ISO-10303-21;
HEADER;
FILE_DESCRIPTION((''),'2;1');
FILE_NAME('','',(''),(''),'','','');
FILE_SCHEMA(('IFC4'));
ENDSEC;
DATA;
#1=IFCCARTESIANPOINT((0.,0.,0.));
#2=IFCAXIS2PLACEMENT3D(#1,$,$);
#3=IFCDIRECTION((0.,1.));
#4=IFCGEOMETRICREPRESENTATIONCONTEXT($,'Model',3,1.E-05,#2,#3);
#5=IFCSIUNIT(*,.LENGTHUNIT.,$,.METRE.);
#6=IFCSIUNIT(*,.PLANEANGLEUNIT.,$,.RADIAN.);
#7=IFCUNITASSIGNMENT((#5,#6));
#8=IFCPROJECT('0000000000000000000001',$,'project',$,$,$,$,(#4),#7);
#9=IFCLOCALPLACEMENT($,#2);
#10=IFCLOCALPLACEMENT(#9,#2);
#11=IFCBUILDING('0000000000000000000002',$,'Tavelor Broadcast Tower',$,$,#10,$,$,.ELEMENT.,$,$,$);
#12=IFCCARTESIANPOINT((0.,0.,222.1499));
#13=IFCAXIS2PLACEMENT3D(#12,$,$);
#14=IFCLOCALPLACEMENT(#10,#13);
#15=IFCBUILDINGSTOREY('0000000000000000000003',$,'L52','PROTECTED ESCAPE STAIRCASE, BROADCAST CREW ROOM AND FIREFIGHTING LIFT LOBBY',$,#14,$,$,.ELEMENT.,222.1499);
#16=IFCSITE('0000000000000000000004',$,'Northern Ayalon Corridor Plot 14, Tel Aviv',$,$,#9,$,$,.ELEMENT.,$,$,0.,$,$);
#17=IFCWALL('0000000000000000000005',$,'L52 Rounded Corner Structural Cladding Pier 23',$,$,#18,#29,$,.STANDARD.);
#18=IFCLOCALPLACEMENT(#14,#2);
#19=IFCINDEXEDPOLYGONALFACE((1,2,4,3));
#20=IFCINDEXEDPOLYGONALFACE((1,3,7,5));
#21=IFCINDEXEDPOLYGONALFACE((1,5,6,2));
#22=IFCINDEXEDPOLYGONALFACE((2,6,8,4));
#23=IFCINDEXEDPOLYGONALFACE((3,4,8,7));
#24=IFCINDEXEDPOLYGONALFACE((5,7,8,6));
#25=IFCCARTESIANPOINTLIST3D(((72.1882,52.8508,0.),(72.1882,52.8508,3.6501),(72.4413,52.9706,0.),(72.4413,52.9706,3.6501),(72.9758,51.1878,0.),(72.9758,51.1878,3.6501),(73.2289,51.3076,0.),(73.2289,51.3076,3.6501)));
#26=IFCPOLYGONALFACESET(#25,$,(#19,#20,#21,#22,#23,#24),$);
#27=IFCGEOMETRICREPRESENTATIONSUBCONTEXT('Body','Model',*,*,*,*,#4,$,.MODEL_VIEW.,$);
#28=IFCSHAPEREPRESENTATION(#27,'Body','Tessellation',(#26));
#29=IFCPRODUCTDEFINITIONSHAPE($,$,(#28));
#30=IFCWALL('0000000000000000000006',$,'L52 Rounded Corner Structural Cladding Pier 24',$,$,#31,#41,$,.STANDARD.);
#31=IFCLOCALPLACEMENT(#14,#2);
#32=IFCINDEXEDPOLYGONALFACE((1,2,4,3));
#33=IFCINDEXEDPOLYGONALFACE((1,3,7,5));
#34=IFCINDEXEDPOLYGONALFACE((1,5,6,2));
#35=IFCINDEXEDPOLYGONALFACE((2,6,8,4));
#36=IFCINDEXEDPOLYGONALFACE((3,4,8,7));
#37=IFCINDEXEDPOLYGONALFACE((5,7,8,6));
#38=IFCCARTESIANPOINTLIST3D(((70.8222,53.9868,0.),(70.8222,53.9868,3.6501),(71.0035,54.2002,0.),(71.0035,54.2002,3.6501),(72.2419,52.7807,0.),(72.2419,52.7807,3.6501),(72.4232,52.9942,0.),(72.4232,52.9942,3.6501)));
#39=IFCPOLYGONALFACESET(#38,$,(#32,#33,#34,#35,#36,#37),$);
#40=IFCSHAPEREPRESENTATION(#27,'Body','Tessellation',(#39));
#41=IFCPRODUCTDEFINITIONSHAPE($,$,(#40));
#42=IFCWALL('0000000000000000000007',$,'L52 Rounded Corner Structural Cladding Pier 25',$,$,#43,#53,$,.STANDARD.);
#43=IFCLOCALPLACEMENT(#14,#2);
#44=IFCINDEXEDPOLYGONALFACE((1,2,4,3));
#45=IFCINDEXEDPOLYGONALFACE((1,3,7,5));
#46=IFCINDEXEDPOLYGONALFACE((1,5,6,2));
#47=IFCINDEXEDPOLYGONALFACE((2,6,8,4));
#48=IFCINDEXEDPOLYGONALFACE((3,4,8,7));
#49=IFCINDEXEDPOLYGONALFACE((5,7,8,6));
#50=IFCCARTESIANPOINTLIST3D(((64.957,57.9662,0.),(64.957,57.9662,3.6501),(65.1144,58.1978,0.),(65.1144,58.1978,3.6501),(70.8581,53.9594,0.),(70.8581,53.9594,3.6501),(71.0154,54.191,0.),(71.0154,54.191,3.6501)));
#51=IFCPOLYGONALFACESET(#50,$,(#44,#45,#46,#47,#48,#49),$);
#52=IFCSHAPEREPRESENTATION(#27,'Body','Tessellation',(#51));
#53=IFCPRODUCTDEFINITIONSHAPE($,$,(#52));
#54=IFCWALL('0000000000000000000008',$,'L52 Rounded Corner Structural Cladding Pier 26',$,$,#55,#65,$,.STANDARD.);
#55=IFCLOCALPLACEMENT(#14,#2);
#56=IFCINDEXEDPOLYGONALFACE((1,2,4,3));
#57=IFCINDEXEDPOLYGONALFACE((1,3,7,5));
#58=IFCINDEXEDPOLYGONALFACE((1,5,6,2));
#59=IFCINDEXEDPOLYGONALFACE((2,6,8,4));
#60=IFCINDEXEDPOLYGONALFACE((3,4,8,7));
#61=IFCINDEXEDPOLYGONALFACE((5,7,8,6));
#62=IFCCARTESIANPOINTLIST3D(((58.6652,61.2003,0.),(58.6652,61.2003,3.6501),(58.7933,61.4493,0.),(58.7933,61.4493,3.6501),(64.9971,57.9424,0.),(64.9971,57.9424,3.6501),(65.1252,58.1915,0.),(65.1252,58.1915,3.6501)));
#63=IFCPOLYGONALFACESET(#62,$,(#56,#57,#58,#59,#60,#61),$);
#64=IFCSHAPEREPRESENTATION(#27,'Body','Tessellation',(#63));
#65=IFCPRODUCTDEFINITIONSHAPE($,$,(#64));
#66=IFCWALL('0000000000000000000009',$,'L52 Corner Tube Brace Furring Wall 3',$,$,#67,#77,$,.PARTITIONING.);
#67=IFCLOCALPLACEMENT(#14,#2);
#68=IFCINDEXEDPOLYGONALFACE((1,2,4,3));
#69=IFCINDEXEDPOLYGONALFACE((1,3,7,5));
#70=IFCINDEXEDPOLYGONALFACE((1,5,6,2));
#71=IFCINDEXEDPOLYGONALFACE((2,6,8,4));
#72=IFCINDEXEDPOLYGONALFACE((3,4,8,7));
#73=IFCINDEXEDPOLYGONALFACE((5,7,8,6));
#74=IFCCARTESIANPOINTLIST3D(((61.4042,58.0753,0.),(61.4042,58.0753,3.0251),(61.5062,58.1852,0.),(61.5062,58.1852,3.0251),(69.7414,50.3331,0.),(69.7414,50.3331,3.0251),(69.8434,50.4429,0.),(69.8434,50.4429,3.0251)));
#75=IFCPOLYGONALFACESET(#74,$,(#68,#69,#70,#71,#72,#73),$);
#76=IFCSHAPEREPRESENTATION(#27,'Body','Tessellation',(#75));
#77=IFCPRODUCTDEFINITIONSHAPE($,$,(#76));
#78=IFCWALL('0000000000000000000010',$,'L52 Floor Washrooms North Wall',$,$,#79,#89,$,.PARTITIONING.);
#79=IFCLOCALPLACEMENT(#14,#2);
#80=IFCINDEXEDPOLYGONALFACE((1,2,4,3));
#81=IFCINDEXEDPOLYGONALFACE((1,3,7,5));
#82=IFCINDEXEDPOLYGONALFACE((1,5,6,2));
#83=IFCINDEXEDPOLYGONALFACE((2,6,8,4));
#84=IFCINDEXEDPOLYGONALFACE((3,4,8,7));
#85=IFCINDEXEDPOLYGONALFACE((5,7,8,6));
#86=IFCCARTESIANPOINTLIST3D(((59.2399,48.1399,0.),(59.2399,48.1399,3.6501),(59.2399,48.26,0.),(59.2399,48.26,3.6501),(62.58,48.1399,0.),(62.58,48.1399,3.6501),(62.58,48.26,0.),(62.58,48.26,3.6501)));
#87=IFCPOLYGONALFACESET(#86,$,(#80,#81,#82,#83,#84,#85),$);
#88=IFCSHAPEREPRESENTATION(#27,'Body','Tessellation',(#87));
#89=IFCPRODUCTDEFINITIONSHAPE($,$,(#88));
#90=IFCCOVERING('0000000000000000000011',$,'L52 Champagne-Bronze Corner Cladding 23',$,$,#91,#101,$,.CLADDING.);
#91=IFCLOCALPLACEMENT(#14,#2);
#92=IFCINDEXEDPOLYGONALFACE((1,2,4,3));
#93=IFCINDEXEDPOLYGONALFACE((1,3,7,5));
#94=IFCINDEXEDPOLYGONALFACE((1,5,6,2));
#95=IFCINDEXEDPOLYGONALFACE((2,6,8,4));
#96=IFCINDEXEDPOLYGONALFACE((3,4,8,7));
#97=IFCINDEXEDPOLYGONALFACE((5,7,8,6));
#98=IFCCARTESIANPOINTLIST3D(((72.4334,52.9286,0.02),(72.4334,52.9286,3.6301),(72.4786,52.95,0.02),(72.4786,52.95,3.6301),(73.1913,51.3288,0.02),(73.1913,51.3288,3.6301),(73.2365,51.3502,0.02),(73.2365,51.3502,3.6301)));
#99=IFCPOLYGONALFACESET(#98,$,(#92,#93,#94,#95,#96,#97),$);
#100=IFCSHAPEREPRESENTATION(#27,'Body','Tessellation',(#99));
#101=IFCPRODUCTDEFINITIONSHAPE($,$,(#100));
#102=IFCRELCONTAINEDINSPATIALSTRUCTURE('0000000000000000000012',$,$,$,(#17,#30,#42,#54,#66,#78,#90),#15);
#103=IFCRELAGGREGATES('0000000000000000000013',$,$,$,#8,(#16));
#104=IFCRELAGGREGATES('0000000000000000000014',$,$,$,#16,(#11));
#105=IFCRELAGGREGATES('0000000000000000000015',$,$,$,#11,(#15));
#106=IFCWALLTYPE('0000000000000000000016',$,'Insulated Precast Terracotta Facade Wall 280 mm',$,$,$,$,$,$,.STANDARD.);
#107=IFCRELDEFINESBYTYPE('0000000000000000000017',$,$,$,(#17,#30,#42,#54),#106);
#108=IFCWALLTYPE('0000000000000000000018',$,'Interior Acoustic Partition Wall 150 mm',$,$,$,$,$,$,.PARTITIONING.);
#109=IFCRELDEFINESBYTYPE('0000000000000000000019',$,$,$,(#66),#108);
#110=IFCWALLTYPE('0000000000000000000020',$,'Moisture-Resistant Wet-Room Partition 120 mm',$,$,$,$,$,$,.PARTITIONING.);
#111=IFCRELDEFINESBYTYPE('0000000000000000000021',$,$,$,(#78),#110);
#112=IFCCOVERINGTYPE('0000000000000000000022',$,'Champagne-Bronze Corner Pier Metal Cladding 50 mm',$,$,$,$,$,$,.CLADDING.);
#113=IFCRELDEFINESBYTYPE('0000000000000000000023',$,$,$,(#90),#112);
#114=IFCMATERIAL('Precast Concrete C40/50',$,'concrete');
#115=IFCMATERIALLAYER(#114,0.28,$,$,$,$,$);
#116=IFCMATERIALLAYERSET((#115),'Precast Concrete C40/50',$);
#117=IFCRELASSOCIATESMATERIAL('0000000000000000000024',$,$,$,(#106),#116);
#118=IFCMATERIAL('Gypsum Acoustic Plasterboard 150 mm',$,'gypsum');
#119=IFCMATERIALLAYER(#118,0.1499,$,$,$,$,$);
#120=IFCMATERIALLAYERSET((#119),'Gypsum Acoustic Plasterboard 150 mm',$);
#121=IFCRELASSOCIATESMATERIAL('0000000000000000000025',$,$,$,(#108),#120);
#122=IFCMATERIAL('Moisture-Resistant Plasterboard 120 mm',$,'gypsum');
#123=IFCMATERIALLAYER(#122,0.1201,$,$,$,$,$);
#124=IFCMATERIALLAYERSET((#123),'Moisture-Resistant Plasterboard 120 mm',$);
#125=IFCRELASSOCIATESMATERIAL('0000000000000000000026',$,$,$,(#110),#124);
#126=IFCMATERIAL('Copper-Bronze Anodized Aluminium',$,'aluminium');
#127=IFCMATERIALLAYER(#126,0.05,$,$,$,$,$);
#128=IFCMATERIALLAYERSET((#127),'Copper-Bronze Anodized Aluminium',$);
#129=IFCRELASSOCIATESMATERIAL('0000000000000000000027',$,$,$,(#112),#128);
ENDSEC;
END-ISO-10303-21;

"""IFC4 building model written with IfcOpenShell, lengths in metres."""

from ifc_helpers import new_model, si_unit, direction, frame, frame_2d, origin, origin_2d, place, context, subcontext, project, spatial, rectangle, extrude, material, layer, layer_set, type_object, element, save


model = new_model("IFC4")

# Units and contexts
model_context = context("Model", 3, precision=1e-05, world=origin(), true_north=direction((0.0, 1.0)))
body_context = subcontext(model_context, "Body", "Model", "MODEL_VIEW")
ifc_project = project(units=[si_unit("LENGTHUNIT", "METRE"), si_unit("PLANEANGLEUNIT", "RADIAN")], contexts=[model_context])

# Site, building, storey
site_placement = place(None, origin())
site = spatial("IfcSite", under=ifc_project, at=site_placement, Name="Northern Ayalon Corridor Plot 14, Tel Aviv", CompositionType="ELEMENT", RefElevation=0.0)
building_placement = place(site_placement, origin())
building = spatial("IfcBuilding", under=site, at=building_placement, Name="Tavelor Broadcast Tower", CompositionType="ELEMENT")
storey_placement = place(building_placement, frame((0.0, 0.0, 222.1499)))
storey = spatial("IfcBuildingStorey", under=building, at=storey_placement, Name="L52", Description="PROTECTED ESCAPE STAIRCASE, BROADCAST CREW ROOM AND FIREFIGHTING LIFT LOBBY", CompositionType="ELEMENT", Elevation=222.1499)

# Walls
ifc_material_1 = material(Name="Precast Concrete C40/50", Category="concrete")
ifc_layer_1 = layer(ifc_material_1, 0.28)
ifc_layer_set_1 = layer_set([ifc_layer_1], Name="Precast Concrete C40/50")
wall_type_1 = type_object("IfcWallType", Name="Insulated Precast Terracotta Facade Wall 280 mm", PredefinedType="STANDARD", material=ifc_layer_set_1)
for number, where, z_axis, x_axis, name in (
    (1, (73.1023, 51.2478, 0.0), (0.0, 0.0, 1.0), (-0.428006, 0.903776, 0.0), "L52 Rounded Corner Structural Cladding Pier 23"),
):
    element("IfcWall", number, at=place(storey_placement, frame(where, z_axis=z_axis, x_axis=x_axis)), inside=storey, type_object=wall_type_1, Name=name, PredefinedType="STANDARD", context=body_context, shape_type="SweptSolid", body=[
        extrude(rectangle(XDim=1.8401, YDim=0.28, at=frame_2d((0.9199, 0.0))), origin(), (0.0, 0.0, 1.0), 3.6501),
    ])
wall_1_placement = place(storey_placement, frame((72.3325, 52.8875, 0.0), z_axis=(0.0, 0.0, 1.0), x_axis=(-0.762117, 0.647439, 0.0)))
element("IfcWall", 2, at=wall_1_placement, inside=storey, type_object=wall_type_1, Name="L52 Rounded Corner Structural Cladding Pier 24", PredefinedType="STANDARD", context=body_context, shape_type="SweptSolid", body=[
    extrude(rectangle(XDim=1.8628, YDim=0.28, at=frame_2d((0.9314, 0.0))), origin(), (0.0, 0.0, 1.0), 3.6501),
])
wall_2_placement = place(storey_placement, frame((70.9368, 54.0752, 0.0), z_axis=(0.0, 0.0, 1.0), x_axis=(-0.827313, 0.561742, 0.0)))
element("IfcWall", 3, at=wall_2_placement, inside=storey, type_object=wall_type_1, Name="L52 Rounded Corner Structural Cladding Pier 25", PredefinedType="STANDARD", context=body_context, shape_type="SweptSolid", body=[
    extrude(rectangle(XDim=7.1328, YDim=0.28, at=frame_2d((3.5664, 0.0))), origin(), (0.0, 0.0, 1.0), 3.6501),
])
wall_3_placement = place(storey_placement, frame((65.0613, 58.0669, 0.0), z_axis=(0.0, 0.0, 1.0), x_axis=(-0.889204, 0.457511, 0.0)))
element("IfcWall", 4, at=wall_3_placement, inside=storey, type_object=wall_type_1, Name="L52 Rounded Corner Structural Cladding Pier 26", PredefinedType="STANDARD", context=body_context, shape_type="SweptSolid", body=[
    extrude(rectangle(XDim=7.1208, YDim=0.28, at=frame_2d((3.5605, 0.0))), origin(), (0.0, 0.0, 1.0), 3.6501),
])
ifc_material_2 = material(Name="Gypsum Acoustic Plasterboard 150 mm", Category="gypsum")
ifc_layer_2 = layer(ifc_material_2, 0.1499)
ifc_layer_set_2 = layer_set([ifc_layer_2], Name="Gypsum Acoustic Plasterboard 150 mm")
wall_type_2 = type_object("IfcWallType", Name="Interior Acoustic Partition Wall 150 mm", PredefinedType="PARTITIONING", material=ifc_layer_set_2)
wall_4_placement = place(storey_placement, frame((69.7925, 50.3879, 0.0), z_axis=(0.0, 0.0, 1.0), x_axis=(-0.73277, 0.680477, 0.0)))
element("IfcWall", 5, at=wall_4_placement, inside=storey, type_object=wall_type_2, Name="L52 Corner Tube Brace Furring Wall 3", PredefinedType="PARTITIONING", context=body_context, shape_type="SweptSolid", body=[
    extrude(rectangle(XDim=11.3777, YDim=0.1499, at=frame_2d((5.689, 0.0))), origin(), (0.0, 0.0, 1.0), 3.0251),
])
ifc_material_3 = material(Name="Moisture-Resistant Plasterboard 120 mm", Category="gypsum")
ifc_layer_3 = layer(ifc_material_3, 0.1201)
ifc_layer_set_3 = layer_set([ifc_layer_3], Name="Moisture-Resistant Plasterboard 120 mm")
wall_type_3 = type_object("IfcWallType", Name="Moisture-Resistant Wet-Room Partition 120 mm", PredefinedType="PARTITIONING", material=ifc_layer_set_3)
wall_5_placement = place(storey_placement, frame((59.24, 48.2, 0.0), z_axis=(0.0, 0.0, 1.0), x_axis=(1.0, 0.0, 0.0)))
element("IfcWall", 6, at=wall_5_placement, inside=storey, type_object=wall_type_3, Name="L52 Floor Washrooms North Wall", PredefinedType="PARTITIONING", context=body_context, shape_type="SweptSolid", body=[
    extrude(rectangle(XDim=3.3401, YDim=0.1201, at=frame_2d((1.6699, 0.0))), origin(), (0.0, 0.0, 1.0), 3.6501),
])

# Covering
ifc_material_4 = material(Name="Copper-Bronze Anodized Aluminium", Category="aluminium")
ifc_layer_4 = layer(ifc_material_4, 0.05)
ifc_layer_set_4 = layer_set([ifc_layer_4], Name="Copper-Bronze Anodized Aluminium")
covering_type = type_object("IfcCoveringType", Name="Champagne-Bronze Corner Pier Metal Cladding 50 mm", PredefinedType="CLADDING", material=ifc_layer_set_4)
covering_placement = place(storey_placement, frame((72.835, 52.1394, 0.02), z_axis=(0.0, 0.0, 1.0), x_axis=(-0.428147, 0.903709, 0.0)))
element("IfcCovering", 7, at=covering_placement, inside=storey, type_object=covering_type, Name="L52 Champagne-Bronze Corner Cladding 23", PredefinedType="CLADDING", context=body_context, shape_type="SweptSolid", body=[
    extrude(rectangle(XDim=1.7703, YDim=0.05, at=origin_2d()), origin(), (0.0, 0.0, 1.0), 3.6101),
])

save(model, "model.ifc")
